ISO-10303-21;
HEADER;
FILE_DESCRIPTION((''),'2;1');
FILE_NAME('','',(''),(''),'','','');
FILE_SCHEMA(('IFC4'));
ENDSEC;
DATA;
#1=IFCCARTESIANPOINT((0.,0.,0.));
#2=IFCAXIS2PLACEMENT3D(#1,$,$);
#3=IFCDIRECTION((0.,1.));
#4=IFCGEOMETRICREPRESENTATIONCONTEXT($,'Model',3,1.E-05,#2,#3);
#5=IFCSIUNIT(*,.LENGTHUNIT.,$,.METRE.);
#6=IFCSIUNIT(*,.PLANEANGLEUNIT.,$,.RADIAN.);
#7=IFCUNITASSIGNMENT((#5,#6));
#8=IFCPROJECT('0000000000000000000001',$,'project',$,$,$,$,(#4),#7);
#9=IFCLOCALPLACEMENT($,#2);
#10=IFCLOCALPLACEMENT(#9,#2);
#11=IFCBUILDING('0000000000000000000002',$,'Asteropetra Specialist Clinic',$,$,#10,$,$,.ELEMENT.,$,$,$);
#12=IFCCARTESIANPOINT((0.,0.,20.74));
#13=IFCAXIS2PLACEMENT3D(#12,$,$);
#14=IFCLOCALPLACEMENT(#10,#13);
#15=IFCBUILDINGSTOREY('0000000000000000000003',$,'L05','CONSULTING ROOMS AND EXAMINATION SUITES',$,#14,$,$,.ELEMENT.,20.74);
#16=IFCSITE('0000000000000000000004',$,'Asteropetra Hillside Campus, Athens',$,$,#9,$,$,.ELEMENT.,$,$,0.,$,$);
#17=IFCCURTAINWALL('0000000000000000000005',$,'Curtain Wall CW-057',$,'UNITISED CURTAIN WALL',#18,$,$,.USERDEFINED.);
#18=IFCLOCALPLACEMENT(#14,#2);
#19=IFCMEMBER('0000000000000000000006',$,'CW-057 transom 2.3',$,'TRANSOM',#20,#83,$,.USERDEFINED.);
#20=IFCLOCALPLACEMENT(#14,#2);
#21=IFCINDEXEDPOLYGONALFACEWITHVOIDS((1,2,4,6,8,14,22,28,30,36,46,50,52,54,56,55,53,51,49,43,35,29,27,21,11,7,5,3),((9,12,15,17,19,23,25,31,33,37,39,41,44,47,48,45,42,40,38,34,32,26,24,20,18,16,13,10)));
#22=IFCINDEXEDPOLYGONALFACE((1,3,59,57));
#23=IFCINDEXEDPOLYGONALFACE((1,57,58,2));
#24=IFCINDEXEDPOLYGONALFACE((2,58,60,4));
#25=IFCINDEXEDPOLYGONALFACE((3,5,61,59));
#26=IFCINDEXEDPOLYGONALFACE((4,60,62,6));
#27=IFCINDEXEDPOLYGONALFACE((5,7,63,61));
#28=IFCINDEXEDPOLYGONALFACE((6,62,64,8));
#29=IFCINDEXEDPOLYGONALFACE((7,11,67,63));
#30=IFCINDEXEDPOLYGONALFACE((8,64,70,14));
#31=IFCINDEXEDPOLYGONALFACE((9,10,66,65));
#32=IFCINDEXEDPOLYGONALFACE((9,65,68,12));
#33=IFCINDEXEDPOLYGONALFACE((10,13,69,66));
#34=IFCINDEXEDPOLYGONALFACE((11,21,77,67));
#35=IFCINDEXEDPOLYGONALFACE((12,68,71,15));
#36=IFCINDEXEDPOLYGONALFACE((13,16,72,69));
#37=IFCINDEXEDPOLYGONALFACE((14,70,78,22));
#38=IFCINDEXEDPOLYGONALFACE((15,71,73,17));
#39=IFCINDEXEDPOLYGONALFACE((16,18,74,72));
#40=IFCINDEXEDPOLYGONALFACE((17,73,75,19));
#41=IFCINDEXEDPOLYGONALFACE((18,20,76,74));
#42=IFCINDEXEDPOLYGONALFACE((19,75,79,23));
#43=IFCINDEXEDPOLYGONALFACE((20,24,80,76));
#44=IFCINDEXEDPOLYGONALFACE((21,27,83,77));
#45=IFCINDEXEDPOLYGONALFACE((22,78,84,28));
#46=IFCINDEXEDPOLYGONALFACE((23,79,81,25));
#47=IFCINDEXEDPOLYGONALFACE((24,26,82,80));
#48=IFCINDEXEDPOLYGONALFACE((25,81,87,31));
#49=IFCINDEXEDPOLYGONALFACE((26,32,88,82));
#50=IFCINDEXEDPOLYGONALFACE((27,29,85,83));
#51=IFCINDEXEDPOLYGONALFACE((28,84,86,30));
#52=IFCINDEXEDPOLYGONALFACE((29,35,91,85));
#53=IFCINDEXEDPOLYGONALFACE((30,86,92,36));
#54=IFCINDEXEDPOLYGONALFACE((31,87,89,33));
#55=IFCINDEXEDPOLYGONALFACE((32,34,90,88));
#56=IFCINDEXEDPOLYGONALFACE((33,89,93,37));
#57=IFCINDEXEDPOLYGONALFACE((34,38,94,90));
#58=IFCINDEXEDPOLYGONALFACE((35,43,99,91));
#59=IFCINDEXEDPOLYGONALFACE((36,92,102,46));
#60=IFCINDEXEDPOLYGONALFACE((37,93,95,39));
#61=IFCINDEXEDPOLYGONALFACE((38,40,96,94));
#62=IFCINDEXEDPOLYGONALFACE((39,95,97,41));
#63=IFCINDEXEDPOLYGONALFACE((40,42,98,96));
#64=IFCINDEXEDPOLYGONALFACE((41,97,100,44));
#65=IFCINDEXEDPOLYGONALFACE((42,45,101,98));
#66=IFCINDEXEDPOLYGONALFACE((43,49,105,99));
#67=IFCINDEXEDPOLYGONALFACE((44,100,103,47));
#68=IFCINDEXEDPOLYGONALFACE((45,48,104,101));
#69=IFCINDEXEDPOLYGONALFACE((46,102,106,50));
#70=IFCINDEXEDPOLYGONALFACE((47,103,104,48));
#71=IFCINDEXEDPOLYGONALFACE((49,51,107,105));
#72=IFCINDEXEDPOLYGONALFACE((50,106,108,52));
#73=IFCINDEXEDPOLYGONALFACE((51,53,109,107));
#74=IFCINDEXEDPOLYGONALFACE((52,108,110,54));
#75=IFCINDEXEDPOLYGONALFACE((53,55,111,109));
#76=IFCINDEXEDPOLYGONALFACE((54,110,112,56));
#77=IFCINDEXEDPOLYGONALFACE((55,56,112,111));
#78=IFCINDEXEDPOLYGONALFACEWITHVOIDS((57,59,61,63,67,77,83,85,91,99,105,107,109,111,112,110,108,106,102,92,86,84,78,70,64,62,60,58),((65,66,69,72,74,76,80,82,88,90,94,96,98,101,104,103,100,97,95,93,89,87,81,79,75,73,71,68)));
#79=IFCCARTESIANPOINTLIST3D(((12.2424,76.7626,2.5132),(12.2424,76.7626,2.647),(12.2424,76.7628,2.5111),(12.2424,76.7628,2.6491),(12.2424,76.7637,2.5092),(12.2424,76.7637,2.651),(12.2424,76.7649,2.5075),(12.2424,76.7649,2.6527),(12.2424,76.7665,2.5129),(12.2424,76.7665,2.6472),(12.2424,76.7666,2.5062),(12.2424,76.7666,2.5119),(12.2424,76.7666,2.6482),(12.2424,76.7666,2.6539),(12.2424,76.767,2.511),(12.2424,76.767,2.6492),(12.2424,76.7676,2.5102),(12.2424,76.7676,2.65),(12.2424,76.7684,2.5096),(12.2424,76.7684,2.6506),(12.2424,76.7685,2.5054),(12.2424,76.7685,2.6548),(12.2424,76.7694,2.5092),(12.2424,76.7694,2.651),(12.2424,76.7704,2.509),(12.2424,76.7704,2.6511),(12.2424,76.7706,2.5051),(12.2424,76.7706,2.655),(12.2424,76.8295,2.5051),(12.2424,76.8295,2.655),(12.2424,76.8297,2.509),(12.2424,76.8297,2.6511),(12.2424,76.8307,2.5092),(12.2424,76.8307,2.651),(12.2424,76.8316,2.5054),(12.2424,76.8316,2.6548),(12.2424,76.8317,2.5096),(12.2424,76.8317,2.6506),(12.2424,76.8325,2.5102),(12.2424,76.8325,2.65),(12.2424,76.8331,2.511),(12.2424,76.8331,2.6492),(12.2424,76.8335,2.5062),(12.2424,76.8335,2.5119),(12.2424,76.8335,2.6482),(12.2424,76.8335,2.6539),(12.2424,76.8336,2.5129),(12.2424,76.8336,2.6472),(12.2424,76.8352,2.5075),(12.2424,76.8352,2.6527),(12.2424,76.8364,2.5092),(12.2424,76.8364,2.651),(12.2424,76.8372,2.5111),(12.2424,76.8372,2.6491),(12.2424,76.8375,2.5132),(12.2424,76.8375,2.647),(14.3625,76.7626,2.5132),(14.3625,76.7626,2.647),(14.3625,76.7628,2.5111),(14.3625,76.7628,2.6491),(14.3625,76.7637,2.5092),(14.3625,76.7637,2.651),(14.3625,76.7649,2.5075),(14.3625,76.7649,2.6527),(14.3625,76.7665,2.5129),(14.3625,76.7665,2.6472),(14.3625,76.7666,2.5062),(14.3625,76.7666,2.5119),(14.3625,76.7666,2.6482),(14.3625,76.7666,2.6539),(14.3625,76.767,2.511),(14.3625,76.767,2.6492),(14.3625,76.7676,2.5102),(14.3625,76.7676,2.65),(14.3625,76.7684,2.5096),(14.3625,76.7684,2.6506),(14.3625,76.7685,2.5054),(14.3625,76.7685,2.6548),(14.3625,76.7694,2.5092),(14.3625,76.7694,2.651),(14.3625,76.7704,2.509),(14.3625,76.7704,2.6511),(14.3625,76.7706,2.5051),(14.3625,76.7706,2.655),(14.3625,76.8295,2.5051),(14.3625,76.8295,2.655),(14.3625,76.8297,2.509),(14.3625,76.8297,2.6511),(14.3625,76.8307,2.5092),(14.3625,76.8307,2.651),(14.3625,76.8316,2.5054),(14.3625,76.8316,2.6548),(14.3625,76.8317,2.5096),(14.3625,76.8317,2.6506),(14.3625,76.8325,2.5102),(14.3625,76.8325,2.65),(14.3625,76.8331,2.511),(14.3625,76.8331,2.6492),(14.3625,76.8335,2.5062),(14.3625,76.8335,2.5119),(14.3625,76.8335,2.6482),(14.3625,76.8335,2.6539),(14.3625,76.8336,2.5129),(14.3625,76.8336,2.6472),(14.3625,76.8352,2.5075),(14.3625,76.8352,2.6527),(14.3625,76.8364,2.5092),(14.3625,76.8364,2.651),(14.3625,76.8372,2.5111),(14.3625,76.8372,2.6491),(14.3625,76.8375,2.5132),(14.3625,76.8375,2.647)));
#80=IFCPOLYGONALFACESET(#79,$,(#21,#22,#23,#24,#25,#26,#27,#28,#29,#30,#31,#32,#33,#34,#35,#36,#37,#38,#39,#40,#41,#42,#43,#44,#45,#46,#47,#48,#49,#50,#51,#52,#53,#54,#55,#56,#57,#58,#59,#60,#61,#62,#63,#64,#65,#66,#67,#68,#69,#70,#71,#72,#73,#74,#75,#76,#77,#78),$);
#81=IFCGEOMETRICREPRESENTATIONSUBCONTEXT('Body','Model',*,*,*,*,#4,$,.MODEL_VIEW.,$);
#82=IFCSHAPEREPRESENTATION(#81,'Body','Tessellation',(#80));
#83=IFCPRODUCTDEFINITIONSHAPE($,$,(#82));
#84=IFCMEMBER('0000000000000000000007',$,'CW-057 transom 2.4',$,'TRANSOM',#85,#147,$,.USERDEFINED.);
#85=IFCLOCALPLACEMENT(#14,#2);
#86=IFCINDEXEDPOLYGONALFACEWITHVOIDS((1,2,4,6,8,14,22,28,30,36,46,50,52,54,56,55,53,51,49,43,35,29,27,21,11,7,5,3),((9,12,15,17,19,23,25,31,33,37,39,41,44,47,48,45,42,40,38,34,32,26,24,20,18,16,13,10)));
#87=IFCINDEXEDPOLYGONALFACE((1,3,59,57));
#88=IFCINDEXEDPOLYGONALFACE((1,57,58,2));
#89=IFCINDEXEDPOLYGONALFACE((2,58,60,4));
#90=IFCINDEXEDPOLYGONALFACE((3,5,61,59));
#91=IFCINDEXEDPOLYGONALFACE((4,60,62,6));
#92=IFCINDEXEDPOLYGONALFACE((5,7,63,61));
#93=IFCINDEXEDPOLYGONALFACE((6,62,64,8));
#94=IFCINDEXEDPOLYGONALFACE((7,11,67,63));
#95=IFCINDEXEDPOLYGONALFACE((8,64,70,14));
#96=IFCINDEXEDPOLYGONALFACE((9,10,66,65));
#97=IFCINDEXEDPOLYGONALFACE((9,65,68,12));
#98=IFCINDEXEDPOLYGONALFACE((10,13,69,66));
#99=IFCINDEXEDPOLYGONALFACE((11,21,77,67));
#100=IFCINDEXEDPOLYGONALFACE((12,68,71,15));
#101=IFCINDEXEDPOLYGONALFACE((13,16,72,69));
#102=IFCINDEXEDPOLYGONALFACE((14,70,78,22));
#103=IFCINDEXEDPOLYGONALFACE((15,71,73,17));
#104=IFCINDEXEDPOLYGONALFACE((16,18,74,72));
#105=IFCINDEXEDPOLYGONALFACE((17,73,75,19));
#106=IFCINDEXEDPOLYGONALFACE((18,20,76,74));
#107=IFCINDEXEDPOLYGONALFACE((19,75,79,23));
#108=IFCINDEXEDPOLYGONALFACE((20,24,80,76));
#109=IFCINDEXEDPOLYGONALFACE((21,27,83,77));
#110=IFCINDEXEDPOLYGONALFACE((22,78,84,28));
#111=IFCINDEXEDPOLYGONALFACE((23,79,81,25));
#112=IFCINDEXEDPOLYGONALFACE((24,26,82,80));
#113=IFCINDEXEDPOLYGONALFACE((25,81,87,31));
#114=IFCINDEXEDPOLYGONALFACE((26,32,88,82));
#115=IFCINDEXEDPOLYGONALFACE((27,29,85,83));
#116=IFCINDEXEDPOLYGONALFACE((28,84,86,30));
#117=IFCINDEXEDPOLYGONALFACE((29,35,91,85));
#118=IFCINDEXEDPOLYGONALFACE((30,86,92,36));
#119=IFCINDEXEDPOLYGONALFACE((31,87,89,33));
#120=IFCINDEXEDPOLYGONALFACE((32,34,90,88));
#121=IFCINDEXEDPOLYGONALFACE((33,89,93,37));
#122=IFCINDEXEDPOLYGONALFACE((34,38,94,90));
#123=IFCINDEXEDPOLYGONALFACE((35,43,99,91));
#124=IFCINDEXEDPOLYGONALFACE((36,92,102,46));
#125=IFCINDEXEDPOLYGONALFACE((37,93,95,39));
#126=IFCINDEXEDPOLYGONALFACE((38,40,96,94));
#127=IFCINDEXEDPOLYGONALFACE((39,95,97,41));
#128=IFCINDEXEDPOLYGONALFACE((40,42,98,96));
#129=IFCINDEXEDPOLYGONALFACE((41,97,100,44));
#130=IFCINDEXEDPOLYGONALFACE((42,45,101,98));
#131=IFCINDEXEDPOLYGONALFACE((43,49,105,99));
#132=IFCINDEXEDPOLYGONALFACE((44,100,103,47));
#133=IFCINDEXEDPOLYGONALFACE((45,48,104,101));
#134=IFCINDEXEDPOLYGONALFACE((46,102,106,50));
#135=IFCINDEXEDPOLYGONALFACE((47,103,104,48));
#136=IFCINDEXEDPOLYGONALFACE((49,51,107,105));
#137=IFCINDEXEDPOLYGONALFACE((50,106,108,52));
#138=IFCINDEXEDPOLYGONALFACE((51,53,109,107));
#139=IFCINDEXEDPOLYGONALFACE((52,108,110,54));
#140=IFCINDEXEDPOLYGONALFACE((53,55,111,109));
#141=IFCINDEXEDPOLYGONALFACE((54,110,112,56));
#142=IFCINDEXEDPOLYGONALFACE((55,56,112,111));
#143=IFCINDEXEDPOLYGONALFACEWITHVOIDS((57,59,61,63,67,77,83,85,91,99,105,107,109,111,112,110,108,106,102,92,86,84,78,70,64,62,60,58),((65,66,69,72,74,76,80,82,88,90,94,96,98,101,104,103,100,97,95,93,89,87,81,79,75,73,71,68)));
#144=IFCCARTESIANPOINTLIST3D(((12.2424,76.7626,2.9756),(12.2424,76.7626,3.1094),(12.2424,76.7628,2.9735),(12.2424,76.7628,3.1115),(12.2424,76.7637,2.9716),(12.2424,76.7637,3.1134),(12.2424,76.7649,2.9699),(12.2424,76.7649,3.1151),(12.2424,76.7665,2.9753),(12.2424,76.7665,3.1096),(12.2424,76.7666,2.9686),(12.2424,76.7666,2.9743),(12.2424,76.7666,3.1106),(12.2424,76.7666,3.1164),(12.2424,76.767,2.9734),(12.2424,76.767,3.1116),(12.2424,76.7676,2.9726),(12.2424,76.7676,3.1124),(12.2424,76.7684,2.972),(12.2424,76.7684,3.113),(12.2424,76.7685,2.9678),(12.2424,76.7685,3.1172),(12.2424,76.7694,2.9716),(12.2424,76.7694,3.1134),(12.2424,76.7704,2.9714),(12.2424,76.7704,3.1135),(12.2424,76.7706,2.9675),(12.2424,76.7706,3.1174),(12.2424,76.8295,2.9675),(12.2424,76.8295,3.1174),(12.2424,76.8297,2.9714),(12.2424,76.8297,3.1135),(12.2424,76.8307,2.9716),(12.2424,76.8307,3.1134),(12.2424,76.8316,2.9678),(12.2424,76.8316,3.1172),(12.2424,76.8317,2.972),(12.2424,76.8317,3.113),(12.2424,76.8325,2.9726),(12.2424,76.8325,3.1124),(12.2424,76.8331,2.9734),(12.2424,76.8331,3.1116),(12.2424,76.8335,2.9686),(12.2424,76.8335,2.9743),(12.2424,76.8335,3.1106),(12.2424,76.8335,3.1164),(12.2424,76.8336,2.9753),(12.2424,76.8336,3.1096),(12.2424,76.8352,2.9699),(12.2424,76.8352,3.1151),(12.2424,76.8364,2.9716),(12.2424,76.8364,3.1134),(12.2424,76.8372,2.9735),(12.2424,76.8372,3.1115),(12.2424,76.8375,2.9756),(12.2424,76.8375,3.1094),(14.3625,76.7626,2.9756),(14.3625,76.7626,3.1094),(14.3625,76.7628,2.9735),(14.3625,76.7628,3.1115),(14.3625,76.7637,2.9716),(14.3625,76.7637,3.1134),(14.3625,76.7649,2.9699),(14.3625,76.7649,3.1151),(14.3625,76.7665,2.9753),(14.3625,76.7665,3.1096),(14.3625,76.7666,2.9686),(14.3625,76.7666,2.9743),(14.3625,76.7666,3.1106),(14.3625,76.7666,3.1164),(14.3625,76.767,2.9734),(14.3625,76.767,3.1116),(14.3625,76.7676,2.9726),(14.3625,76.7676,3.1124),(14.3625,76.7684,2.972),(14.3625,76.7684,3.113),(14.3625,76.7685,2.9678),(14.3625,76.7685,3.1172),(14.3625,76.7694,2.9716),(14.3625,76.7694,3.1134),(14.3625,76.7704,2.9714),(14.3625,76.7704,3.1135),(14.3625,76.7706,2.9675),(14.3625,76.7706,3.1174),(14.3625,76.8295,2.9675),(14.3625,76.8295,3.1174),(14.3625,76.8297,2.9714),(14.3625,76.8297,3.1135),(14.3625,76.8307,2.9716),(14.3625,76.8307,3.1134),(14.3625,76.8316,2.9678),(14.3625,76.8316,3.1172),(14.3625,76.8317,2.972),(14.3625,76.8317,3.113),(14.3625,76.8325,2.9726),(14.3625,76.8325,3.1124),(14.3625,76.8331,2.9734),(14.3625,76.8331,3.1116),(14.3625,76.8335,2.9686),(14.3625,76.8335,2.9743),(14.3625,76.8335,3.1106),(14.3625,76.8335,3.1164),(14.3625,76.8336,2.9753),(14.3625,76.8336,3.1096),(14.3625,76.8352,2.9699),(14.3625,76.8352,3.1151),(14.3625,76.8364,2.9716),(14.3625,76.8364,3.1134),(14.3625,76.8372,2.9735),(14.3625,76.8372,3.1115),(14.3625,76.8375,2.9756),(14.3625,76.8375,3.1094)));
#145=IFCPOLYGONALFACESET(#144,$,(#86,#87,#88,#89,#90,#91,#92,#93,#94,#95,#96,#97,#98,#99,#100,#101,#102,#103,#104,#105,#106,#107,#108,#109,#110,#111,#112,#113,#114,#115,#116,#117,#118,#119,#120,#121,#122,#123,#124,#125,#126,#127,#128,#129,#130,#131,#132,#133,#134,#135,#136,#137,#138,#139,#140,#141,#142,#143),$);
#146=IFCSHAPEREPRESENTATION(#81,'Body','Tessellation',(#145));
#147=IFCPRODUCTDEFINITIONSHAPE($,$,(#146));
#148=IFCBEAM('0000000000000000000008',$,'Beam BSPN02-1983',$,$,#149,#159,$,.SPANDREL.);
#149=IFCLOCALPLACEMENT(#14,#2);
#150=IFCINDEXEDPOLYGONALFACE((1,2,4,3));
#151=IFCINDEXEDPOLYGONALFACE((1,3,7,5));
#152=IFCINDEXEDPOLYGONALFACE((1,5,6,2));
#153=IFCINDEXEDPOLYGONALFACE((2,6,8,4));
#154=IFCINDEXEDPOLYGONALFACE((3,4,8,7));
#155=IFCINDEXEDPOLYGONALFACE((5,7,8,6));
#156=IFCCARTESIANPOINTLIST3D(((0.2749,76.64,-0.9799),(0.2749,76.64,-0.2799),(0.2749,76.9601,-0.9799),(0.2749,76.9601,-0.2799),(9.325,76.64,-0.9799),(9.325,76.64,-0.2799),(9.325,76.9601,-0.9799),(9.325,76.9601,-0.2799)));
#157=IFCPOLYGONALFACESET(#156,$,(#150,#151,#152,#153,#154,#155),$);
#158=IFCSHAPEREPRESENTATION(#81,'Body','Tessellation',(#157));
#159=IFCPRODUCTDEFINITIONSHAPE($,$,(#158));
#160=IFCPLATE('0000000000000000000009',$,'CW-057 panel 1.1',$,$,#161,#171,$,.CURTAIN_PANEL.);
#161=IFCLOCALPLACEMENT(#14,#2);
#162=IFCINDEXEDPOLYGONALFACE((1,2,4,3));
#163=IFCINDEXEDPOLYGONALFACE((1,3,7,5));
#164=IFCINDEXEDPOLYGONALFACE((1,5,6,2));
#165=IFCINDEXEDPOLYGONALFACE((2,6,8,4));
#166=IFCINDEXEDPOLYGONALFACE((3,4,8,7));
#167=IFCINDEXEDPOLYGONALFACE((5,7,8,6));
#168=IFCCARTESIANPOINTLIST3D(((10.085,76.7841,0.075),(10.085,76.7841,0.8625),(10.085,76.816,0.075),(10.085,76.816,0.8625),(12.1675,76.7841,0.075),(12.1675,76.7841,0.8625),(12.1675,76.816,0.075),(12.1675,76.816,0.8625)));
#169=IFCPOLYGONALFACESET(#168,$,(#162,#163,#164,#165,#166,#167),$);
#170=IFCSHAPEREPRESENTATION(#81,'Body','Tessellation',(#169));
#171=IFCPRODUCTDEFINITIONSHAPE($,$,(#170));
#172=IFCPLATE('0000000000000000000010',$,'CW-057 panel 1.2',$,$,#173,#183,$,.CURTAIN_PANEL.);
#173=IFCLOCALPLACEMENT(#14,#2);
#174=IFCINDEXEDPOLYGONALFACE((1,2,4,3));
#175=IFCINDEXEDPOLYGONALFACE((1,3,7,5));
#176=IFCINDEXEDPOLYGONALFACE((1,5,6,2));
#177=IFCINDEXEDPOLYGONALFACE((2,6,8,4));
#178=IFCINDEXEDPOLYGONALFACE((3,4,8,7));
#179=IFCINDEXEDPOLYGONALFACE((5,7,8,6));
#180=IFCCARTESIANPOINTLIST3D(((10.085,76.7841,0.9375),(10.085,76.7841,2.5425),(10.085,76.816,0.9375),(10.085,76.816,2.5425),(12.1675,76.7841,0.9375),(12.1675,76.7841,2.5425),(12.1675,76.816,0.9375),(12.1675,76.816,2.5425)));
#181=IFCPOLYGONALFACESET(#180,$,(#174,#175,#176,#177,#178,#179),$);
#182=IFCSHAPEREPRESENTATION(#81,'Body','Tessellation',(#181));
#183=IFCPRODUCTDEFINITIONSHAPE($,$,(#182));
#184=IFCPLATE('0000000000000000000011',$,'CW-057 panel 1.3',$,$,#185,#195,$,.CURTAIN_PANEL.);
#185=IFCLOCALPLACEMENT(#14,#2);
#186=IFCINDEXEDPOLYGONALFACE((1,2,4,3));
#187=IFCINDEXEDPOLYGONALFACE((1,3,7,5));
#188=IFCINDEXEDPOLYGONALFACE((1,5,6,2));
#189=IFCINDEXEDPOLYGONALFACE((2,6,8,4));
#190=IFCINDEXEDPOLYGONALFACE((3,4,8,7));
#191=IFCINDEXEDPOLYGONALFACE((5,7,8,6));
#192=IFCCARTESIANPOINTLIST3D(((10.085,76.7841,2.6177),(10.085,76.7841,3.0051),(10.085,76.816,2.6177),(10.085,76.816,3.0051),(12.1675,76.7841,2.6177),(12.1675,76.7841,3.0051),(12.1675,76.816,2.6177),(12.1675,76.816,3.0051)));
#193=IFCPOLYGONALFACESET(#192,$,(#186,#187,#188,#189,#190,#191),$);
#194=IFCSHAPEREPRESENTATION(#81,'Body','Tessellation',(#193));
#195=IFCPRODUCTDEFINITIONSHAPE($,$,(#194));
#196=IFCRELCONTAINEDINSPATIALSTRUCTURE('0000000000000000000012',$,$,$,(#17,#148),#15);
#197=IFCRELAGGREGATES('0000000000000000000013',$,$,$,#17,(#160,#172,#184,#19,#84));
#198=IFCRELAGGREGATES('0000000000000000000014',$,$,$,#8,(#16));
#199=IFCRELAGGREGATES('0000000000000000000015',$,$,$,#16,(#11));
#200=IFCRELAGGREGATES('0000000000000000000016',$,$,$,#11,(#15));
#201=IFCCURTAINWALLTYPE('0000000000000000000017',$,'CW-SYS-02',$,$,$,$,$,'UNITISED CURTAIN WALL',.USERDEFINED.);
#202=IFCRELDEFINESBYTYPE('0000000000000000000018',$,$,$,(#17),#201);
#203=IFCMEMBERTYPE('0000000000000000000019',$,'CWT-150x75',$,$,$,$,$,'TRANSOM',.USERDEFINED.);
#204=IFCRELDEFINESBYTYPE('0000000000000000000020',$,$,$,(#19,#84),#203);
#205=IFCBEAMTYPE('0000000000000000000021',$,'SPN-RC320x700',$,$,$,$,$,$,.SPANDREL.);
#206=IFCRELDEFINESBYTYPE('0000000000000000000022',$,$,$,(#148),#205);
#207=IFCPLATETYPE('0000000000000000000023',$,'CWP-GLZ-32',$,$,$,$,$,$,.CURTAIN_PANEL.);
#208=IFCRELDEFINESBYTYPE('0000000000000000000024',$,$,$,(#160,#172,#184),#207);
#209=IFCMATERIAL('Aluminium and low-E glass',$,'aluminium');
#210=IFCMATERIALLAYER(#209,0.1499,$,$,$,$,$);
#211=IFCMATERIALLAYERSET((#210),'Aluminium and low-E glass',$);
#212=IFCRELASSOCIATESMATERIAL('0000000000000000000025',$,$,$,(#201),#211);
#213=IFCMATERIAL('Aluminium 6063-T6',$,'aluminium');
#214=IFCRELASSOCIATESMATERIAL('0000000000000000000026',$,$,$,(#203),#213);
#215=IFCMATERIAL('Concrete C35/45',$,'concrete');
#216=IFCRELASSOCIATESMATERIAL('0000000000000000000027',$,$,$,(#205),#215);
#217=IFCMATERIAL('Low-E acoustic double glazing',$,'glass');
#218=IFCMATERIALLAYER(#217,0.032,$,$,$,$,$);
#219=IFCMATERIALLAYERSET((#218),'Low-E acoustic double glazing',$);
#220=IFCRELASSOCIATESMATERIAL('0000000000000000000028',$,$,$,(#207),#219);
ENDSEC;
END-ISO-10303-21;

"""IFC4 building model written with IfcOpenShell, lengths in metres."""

from ifc_helpers import new_model, si_unit, direction, frame, origin, origin_2d, place, context, subcontext, project, spatial, rectangle, hollow_rectangle, extrude, material, layer, layer_set, material_profile, profile_set, type_object, element, aggregate, save


model = new_model("IFC4")

# Units and contexts
model_context = context("Model", 3, precision=1e-05, world=origin(), true_north=direction((0.0, 1.0)))
body_context = subcontext(model_context, "Body", "Model", "MODEL_VIEW")
ifc_project = project(units=[si_unit("LENGTHUNIT", "METRE"), si_unit("PLANEANGLEUNIT", "RADIAN")], contexts=[model_context])

# Site, building, storey
site_placement = place(None, origin())
site = spatial("IfcSite", under=ifc_project, at=site_placement, Name="Asteropetra Hillside Campus, Athens", CompositionType="ELEMENT", RefElevation=0.0)
building_placement = place(site_placement, origin())
building = spatial("IfcBuilding", under=site, at=building_placement, Name="Asteropetra Specialist Clinic", CompositionType="ELEMENT")
storey_placement = place(building_placement, frame((0.0, 0.0, 20.74)))
storey = spatial("IfcBuildingStorey", under=building, at=storey_placement, Name="L05", Description="CONSULTING ROOMS AND EXAMINATION SUITES", CompositionType="ELEMENT", Elevation=20.74)

# Curtain wall, members
ifc_material_1 = material(Name="Aluminium and low-E glass", Category="aluminium")
ifc_layer_1 = layer(ifc_material_1, 0.1499)
ifc_layer_set_1 = layer_set([ifc_layer_1], Name="Aluminium and low-E glass")
curtain_wall_type = type_object("IfcCurtainWallType", Name="CW-SYS-02", ElementType="UNITISED CURTAIN WALL", PredefinedType="USERDEFINED", material=ifc_layer_set_1)
curtain_wall_placement = place(storey_placement, origin())
curtain_wall = element("IfcCurtainWall", 1, at=curtain_wall_placement, inside=storey, type_object=curtain_wall_type, Name="Curtain Wall CW-057", ObjectType="UNITISED CURTAIN WALL", PredefinedType="USERDEFINED")
ifc_material_2 = material(Name="Aluminium 6063-T6", Category="aluminium")
ifc_material_profile_1 = material_profile(ifc_material_2, hollow_rectangle(XDim=0.075, YDim=0.1499, WallThickness=0.0039, InnerFilletRadius=0.0039, OuterFilletRadius=0.0081, at=origin_2d()), Name="TRN 150x75x4.0")
ifc_profile_set_1 = profile_set([ifc_material_profile_1], Name="Aluminium 6063-T6")
member_type_1 = type_object("IfcMemberType", Name="CWT-150x75", ElementType="TRANSOM", PredefinedType="USERDEFINED", material=ifc_profile_set_1)
member_1_placement = place(storey_placement, frame((12.2424, 76.8, 2.5801), z_axis=(1.0, 0.0, 0.0), x_axis=(0.0, 1.0, 0.0)))
member_1 = element("IfcMember", 2, at=member_1_placement, type_object=member_type_1, Name="CW-057 transom 2.3", ObjectType="TRANSOM", PredefinedType="USERDEFINED", context=body_context, shape_type="SweptSolid", body=[
    extrude(hollow_rectangle(XDim=0.075, YDim=0.1499, WallThickness=0.0039, InnerFilletRadius=0.0039, OuterFilletRadius=0.0081, at=origin_2d()), origin(), (0.0, 0.0, 1.0), 2.1201),
])
member_2_placement = place(storey_placement, frame((12.2424, 76.8, 3.0425), z_axis=(1.0, 0.0, 0.0), x_axis=(0.0, 1.0, 0.0)))
member_2 = element("IfcMember", 3, at=member_2_placement, type_object=member_type_1, Name="CW-057 transom 2.4", ObjectType="TRANSOM", PredefinedType="USERDEFINED", context=body_context, shape_type="SweptSolid", body=[
    extrude(hollow_rectangle(XDim=0.075, YDim=0.1499, WallThickness=0.0039, InnerFilletRadius=0.0039, OuterFilletRadius=0.0081, at=origin_2d()), origin(), (0.0, 0.0, 1.0), 2.1201),
])

# Beam
ifc_material_3 = material(Name="Concrete C35/45", Category="concrete")
ifc_material_profile_2 = material_profile(ifc_material_3, rectangle(XDim=0.3201, YDim=0.7, at=origin_2d()), Name="RCS 320x700")
ifc_profile_set_2 = profile_set([ifc_material_profile_2], Name="Concrete C35/45")
beam_type = type_object("IfcBeamType", Name="SPN-RC320x700", PredefinedType="SPANDREL", material=ifc_profile_set_2)
beam_placement = place(storey_placement, frame((0.2749, 76.8, -0.6299), z_axis=(1.0, 0.0, 0.0), x_axis=(0.0, 1.0, 0.0)))
element("IfcBeam", 4, at=beam_placement, inside=storey, type_object=beam_type, Name="Beam BSPN02-1983", PredefinedType="SPANDREL", context=body_context, shape_type="SweptSolid", body=[
    extrude(rectangle(XDim=0.3201, YDim=0.7, at=origin_2d()), origin(), (0.0, 0.0, 1.0), 9.05),
])

# Plates
ifc_material_4 = material(Name="Low-E acoustic double glazing", Category="glass")
ifc_layer_2 = layer(ifc_material_4, 0.032)
ifc_layer_set_2 = layer_set([ifc_layer_2], Name="Low-E acoustic double glazing")
plate_type = type_object("IfcPlateType", Name="CWP-GLZ-32", PredefinedType="CURTAIN_PANEL", material=ifc_layer_set_2)
plate_1_placement = place(storey_placement, frame((11.1262, 76.8, 0.075), z_axis=(0.0, 0.0, 1.0), x_axis=(1.0, 0.0, 0.0)))
plate_1 = element("IfcPlate", 5, at=plate_1_placement, type_object=plate_type, Name="CW-057 panel 1.1", PredefinedType="CURTAIN_PANEL", context=body_context, shape_type="SweptSolid", body=[
    extrude(rectangle(XDim=2.0825, YDim=0.032, at=origin_2d()), origin(), (0.0, 0.0, 1.0), 0.7876),
])
plate_2_placement = place(storey_placement, frame((11.1262, 76.8, 0.9375), z_axis=(0.0, 0.0, 1.0), x_axis=(1.0, 0.0, 0.0)))
plate_2 = element("IfcPlate", 6, at=plate_2_placement, type_object=plate_type, Name="CW-057 panel 1.2", PredefinedType="CURTAIN_PANEL", context=body_context, shape_type="SweptSolid", body=[
    extrude(rectangle(XDim=2.0825, YDim=0.032, at=origin_2d()), origin(), (0.0, 0.0, 1.0), 1.605),
])
plate_3_placement = place(storey_placement, frame((11.1262, 76.8, 2.6177), z_axis=(0.0, 0.0, 1.0), x_axis=(1.0, 0.0, 0.0)))
plate_3 = element("IfcPlate", 7, at=plate_3_placement, type_object=plate_type, Name="CW-057 panel 1.3", PredefinedType="CURTAIN_PANEL", context=body_context, shape_type="SweptSolid", body=[
    extrude(rectangle(XDim=2.0825, YDim=0.032, at=origin_2d()), origin(), (0.0, 0.0, 1.0), 0.3875),
])
aggregate(curtain_wall, [plate_1, plate_2, plate_3, member_1, member_2])

save(model, "model.ifc")
